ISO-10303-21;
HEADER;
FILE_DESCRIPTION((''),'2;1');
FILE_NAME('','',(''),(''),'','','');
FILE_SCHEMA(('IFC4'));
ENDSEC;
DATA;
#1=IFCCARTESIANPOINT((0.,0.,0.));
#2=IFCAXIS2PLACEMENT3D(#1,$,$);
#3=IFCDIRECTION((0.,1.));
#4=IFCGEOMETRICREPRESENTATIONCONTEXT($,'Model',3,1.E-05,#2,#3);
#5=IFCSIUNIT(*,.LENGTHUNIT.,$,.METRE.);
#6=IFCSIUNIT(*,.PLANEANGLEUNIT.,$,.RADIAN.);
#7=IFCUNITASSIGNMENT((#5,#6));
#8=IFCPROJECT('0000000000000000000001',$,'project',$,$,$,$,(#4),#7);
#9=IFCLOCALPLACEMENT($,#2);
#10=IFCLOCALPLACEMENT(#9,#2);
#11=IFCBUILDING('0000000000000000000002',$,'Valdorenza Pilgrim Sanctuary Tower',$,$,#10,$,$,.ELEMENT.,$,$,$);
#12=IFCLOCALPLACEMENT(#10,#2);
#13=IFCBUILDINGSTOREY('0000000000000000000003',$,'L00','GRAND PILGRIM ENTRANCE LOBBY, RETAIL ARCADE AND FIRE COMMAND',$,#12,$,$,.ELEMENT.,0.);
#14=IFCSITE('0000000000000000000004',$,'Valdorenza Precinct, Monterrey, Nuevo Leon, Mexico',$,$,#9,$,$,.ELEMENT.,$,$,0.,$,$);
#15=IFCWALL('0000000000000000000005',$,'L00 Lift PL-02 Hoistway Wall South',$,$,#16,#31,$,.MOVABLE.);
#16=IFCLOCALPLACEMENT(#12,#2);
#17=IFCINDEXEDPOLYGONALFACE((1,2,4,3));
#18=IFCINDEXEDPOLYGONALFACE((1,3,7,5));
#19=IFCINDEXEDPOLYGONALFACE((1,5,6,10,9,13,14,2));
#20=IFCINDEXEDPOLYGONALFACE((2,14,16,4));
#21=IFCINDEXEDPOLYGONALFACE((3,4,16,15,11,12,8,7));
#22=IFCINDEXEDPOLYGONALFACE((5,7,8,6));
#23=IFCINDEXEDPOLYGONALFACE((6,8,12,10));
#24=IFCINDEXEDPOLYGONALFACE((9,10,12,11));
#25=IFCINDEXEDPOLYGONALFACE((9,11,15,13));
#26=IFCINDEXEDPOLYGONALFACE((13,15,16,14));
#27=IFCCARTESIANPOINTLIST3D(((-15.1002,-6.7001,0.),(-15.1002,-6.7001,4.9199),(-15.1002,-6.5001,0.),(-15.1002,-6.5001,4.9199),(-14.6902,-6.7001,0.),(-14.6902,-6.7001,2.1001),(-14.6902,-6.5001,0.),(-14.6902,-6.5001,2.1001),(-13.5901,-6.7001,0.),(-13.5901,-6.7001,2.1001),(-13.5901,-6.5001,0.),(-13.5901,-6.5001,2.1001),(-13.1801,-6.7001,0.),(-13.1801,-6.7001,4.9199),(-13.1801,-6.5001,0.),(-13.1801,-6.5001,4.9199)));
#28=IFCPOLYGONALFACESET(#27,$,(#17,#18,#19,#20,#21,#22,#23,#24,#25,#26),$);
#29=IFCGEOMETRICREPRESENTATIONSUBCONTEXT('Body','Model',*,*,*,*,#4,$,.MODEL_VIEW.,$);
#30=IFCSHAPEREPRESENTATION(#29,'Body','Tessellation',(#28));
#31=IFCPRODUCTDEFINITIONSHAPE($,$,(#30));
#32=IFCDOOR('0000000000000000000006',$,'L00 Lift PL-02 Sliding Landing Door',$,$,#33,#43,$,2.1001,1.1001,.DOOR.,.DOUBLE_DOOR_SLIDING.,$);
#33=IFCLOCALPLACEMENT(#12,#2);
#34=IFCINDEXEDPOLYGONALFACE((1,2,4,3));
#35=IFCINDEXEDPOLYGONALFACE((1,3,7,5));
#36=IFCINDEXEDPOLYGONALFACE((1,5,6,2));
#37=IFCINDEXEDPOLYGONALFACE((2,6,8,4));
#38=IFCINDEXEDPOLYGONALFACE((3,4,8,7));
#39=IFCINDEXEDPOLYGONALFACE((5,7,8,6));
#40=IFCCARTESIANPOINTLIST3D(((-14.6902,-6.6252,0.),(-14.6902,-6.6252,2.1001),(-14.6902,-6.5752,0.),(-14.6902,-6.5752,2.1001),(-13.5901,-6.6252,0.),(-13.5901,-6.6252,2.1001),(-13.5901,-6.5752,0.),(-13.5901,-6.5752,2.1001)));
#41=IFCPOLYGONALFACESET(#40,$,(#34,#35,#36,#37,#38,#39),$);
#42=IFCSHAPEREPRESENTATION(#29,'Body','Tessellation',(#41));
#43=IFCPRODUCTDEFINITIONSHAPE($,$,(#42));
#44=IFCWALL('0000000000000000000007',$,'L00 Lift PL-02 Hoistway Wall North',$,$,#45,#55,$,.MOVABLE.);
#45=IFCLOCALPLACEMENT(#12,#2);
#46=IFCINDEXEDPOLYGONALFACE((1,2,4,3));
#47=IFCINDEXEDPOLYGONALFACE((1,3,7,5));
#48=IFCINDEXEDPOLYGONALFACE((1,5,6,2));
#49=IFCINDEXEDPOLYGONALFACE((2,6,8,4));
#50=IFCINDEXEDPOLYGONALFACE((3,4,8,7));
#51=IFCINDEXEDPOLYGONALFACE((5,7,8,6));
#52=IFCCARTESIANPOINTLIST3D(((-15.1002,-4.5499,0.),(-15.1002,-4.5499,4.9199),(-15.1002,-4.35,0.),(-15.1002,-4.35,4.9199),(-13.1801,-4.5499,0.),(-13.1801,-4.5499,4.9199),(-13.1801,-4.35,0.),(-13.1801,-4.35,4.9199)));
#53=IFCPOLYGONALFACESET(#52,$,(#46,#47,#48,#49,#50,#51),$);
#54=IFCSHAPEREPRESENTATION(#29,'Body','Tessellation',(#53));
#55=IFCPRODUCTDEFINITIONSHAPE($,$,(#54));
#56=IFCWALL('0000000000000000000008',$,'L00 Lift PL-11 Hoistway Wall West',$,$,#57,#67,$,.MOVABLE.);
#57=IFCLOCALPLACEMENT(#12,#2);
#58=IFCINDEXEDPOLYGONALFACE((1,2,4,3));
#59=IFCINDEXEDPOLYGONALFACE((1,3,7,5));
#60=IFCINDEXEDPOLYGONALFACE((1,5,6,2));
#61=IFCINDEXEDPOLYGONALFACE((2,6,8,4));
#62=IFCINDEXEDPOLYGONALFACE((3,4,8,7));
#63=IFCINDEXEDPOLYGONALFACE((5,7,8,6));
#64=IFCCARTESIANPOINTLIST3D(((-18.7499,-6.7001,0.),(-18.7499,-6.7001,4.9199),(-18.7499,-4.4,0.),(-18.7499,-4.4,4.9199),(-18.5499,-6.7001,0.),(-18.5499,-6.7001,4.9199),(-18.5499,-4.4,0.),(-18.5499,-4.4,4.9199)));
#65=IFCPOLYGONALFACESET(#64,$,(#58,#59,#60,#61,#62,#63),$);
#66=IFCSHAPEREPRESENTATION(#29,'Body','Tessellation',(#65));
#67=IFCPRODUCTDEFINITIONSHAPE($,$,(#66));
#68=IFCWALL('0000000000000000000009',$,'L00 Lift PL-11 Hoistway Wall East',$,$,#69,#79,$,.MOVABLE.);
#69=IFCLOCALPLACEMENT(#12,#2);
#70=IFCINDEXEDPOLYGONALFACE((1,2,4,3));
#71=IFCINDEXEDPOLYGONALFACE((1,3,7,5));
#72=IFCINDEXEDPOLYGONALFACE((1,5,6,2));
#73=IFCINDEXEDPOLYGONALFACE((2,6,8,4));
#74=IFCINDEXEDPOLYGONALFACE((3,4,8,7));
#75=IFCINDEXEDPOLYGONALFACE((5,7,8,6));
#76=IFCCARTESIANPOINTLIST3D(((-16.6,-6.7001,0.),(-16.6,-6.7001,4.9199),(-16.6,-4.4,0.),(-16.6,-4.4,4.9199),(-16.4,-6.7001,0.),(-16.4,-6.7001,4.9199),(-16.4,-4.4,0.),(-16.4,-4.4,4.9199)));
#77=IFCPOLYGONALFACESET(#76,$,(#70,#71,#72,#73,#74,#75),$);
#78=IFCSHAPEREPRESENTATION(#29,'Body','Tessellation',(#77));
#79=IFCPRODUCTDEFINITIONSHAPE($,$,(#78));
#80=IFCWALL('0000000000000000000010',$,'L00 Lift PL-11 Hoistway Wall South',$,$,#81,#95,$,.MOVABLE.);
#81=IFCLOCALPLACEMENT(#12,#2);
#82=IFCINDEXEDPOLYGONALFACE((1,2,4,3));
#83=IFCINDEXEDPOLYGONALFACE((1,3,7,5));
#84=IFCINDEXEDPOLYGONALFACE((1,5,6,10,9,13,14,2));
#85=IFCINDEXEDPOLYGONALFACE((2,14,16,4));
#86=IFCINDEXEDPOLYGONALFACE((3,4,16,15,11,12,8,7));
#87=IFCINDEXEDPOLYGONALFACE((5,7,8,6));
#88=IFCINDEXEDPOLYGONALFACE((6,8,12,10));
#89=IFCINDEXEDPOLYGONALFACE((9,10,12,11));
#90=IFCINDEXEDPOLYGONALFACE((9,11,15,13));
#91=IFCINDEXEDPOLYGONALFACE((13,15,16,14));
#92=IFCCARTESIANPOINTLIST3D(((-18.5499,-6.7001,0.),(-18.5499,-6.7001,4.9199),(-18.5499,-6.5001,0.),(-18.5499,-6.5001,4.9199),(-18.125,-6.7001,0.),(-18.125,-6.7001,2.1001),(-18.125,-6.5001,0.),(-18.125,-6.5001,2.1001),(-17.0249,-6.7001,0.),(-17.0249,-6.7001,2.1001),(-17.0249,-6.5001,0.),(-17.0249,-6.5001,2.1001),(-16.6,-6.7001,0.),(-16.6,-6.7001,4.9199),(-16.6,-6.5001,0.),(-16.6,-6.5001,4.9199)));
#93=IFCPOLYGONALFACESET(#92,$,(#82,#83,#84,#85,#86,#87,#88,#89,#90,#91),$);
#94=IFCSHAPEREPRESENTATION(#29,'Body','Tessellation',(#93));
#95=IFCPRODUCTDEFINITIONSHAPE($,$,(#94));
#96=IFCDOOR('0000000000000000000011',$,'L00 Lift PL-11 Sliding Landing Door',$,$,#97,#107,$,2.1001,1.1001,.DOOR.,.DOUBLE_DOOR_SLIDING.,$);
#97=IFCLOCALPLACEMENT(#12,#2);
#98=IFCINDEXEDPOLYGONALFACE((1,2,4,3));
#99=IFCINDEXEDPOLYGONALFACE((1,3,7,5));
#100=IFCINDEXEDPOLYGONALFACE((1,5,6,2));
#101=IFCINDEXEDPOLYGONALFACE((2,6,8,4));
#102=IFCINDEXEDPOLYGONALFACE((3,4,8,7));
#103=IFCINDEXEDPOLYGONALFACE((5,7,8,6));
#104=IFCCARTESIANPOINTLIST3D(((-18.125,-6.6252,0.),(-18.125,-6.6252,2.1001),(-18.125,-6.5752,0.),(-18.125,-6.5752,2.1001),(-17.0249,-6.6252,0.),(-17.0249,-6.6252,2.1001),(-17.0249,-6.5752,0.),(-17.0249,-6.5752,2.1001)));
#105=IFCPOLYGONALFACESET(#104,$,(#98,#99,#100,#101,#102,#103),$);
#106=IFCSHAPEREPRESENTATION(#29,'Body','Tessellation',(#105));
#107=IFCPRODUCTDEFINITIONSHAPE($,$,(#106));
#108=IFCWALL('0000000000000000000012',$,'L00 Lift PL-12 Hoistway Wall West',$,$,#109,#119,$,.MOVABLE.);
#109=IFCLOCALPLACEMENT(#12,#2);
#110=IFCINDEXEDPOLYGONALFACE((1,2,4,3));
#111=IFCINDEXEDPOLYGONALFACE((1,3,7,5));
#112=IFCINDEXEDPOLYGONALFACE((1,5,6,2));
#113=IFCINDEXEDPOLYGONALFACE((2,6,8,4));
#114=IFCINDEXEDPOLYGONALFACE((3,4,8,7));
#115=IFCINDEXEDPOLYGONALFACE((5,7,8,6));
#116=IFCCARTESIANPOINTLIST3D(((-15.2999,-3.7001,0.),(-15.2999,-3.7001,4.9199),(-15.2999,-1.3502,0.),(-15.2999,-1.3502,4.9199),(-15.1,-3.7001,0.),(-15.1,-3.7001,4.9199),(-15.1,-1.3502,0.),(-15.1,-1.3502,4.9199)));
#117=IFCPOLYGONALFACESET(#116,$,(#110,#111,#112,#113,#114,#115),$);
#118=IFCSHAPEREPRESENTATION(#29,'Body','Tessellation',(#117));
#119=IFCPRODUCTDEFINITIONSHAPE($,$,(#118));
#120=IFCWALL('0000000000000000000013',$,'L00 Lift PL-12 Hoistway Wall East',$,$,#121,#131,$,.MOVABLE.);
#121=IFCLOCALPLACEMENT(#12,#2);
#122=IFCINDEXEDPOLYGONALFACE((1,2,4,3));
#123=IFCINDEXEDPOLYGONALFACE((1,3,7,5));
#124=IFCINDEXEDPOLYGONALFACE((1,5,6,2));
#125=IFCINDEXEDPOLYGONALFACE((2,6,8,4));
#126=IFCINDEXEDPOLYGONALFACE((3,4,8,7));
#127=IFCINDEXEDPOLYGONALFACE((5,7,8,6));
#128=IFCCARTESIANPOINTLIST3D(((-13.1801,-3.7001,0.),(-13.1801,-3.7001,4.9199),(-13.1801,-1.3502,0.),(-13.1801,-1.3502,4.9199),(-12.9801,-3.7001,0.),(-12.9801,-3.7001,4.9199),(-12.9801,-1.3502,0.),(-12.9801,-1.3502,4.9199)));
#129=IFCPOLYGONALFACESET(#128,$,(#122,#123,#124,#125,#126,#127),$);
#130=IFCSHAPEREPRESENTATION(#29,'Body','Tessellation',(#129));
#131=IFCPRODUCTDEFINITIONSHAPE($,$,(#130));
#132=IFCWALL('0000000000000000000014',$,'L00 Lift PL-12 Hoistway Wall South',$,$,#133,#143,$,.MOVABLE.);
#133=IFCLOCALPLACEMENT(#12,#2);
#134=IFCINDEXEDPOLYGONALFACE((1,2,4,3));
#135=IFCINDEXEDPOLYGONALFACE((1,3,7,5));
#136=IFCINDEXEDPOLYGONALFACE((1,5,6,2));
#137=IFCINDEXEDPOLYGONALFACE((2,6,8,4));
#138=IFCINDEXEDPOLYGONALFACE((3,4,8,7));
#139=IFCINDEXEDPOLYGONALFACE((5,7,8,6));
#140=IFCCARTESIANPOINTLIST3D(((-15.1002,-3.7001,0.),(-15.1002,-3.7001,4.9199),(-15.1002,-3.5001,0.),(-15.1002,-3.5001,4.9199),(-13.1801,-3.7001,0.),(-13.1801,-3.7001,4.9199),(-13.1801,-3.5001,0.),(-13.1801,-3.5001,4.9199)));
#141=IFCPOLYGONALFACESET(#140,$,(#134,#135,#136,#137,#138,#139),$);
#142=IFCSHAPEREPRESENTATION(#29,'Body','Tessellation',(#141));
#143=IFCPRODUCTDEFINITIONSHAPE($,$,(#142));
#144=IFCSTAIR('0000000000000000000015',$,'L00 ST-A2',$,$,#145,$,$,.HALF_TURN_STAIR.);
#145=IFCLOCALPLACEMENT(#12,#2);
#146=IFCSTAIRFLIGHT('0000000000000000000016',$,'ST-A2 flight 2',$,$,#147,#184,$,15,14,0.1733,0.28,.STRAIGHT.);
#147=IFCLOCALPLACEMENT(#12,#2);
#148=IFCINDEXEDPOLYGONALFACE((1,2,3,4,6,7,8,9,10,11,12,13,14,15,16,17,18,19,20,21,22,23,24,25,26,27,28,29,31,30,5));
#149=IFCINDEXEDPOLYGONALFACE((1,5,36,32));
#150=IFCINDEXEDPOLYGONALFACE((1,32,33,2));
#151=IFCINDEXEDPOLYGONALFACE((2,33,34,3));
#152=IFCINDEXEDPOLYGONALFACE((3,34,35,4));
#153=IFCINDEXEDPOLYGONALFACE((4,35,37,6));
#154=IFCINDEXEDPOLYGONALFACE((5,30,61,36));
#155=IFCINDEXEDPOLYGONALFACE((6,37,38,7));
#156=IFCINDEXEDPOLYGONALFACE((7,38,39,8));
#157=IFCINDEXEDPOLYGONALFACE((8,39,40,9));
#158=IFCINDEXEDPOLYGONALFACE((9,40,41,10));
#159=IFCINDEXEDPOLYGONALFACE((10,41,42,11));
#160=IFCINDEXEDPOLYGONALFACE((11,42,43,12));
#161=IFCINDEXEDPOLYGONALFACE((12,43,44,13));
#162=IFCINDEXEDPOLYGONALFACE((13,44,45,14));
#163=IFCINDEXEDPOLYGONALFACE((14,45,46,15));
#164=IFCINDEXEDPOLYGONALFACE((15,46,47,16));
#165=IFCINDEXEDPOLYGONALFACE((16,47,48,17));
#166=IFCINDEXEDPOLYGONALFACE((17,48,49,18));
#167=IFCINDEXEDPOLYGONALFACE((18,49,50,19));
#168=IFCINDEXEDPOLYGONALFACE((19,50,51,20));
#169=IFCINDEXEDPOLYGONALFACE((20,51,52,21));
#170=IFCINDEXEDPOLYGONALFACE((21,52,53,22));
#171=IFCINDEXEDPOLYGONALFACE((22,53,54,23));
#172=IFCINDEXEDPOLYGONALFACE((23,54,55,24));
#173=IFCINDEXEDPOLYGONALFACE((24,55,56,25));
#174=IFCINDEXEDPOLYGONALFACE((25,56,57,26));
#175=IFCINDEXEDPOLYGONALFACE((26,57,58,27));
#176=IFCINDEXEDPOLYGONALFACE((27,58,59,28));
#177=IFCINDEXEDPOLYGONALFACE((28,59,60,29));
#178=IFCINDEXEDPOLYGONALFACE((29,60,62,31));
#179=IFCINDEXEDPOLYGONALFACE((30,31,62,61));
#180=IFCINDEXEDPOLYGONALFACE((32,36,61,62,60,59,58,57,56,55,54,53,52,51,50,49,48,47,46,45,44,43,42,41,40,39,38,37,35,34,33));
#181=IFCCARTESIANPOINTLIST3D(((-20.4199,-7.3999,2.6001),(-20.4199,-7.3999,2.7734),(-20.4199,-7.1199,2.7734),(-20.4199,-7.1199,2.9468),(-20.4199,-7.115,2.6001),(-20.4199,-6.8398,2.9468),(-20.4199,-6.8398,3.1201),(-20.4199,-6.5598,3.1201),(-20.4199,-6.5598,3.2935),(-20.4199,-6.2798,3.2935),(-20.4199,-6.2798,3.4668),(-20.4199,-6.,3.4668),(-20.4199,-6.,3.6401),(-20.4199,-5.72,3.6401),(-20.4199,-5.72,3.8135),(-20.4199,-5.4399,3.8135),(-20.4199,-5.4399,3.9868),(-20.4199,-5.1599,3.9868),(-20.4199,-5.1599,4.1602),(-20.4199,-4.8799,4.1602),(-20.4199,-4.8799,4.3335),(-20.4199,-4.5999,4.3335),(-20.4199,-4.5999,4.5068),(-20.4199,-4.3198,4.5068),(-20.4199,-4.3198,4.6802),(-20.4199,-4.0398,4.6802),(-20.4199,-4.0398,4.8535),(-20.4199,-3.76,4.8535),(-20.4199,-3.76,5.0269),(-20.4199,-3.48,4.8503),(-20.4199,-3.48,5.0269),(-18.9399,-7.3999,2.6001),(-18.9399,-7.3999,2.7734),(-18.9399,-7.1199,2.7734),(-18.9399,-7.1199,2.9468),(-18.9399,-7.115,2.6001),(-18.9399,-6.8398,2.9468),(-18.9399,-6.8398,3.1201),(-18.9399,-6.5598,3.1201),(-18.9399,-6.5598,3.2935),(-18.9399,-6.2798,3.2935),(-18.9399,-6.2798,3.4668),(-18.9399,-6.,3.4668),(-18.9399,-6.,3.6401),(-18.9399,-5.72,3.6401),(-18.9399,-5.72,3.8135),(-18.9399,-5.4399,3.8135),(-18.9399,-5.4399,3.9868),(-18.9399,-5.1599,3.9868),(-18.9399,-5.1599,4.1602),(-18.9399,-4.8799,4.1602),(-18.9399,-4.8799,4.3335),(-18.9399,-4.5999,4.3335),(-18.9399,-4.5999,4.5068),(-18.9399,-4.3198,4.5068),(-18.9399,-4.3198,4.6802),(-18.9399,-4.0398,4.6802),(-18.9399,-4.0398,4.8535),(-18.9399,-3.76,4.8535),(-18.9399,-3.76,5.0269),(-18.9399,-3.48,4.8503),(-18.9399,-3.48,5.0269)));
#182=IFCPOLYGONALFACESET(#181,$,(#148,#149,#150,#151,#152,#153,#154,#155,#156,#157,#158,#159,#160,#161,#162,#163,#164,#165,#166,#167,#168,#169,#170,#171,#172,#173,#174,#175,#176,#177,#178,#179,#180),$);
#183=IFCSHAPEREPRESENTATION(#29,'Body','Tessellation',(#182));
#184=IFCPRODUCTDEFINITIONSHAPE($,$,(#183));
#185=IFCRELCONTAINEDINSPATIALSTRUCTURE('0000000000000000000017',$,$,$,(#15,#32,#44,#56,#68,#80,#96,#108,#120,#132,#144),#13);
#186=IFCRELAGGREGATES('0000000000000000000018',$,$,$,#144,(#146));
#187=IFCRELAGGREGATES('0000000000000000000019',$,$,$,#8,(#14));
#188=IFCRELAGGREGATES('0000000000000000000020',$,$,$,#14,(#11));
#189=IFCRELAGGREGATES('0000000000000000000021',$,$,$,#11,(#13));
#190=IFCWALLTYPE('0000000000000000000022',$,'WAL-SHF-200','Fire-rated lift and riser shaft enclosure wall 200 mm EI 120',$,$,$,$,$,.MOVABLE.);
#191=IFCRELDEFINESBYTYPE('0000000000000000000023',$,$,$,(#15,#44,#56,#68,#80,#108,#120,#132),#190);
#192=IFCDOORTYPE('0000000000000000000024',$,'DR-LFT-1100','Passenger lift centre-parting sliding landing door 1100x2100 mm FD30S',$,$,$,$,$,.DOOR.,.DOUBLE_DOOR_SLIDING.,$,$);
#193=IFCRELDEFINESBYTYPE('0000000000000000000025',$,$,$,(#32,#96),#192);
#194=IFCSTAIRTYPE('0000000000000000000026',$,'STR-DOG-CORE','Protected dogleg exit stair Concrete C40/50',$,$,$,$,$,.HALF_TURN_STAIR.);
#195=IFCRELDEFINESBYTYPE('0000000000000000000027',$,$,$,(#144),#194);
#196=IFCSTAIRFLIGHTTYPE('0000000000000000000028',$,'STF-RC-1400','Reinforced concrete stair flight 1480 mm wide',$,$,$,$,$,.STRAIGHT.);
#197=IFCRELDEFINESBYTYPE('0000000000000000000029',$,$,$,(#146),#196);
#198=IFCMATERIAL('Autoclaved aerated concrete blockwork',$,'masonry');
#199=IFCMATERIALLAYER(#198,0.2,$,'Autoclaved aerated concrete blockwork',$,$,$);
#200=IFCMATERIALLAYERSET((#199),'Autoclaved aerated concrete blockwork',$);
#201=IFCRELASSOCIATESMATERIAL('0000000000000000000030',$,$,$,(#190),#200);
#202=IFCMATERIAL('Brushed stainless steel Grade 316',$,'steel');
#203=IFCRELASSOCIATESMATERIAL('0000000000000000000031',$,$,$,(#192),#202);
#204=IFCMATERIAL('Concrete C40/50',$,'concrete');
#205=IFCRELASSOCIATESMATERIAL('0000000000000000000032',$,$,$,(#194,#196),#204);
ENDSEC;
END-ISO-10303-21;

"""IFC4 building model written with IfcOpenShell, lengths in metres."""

from ifc_helpers import new_model, si_unit, direction, frame, frame_2d, origin, place, context, subcontext, project, spatial, polyline, rectangle, outline, extrude, material, layer, layer_set, type_object, element, fill, aggregate, save


model = new_model("IFC4")

# Units and contexts
model_context = context("Model", 3, precision=1e-05, world=origin(), true_north=direction((0.0, 1.0)))
body_context = subcontext(model_context, "Body", "Model", "MODEL_VIEW")
ifc_project = project(units=[si_unit("LENGTHUNIT", "METRE"), si_unit("PLANEANGLEUNIT", "RADIAN")], contexts=[model_context])

# Site, building, storey
site_placement = place(None, origin())
site = spatial("IfcSite", under=ifc_project, at=site_placement, Name="Valdorenza Precinct, Monterrey, Nuevo Leon, Mexico", CompositionType="ELEMENT", RefElevation=0.0)
building_placement = place(site_placement, origin())
building = spatial("IfcBuilding", under=site, at=building_placement, Name="Valdorenza Pilgrim Sanctuary Tower", CompositionType="ELEMENT")
storey_placement = place(building_placement, origin())
storey = spatial("IfcBuildingStorey", under=building, at=storey_placement, Name="L00", Description="GRAND PILGRIM ENTRANCE LOBBY, RETAIL ARCADE AND FIRE COMMAND", CompositionType="ELEMENT", Elevation=0.0)

# Shared definitions
ifc_material_1 = material(Name="Autoclaved aerated concrete blockwork", Category="masonry")
ifc_layer_1 = layer(ifc_material_1, 0.2, Name="Autoclaved aerated concrete blockwork")
ifc_layer_set_1 = layer_set([ifc_layer_1], Name="Autoclaved aerated concrete blockwork")
wall_type_1 = type_object("IfcWallType", Name="WAL-SHF-200", Description="Fire-rated lift and riser shaft enclosure wall 200 mm EI 120", PredefinedType="MOVABLE", material=ifc_layer_set_1)

# Wall, opening, door
wall_1_placement = place(storey_placement, frame((-15.1001, -6.6001, 0.0), z_axis=(0.0, 0.0, 1.0), x_axis=(1.0, 0.0, 0.0)))
wall_1 = element("IfcWall", 1, at=wall_1_placement, inside=storey, type_object=wall_type_1, Name="L00 Lift PL-02 Hoistway Wall South", PredefinedType="MOVABLE", context=body_context, shape_type="SweptSolid", body=[
    extrude(rectangle(XDim=1.9202, YDim=0.2, at=frame_2d((0.96, 0.0))), origin(), (0.0, 0.0, 1.0), 4.9199),
])
opening_1_placement = place(wall_1_placement, frame((0.4099, 0.0, 0.0)))
opening_1 = element("IfcOpeningElement", 2, at=opening_1_placement, cuts=wall_1, PredefinedType="OPENING", context=body_context, shape_type="SweptSolid", body=[
    extrude(rectangle(XDim=1.1001, YDim=2.1001, at=frame_2d((0.55, 1.05))), frame((0.0, 0.1147, 0.0), z_axis=(0.0, -1.0, 0.0), x_axis=(1.0, 0.0, 0.0)), (0.0, 0.0, 1.0), 0.2297),
])
ifc_material_2 = material(Name="Brushed stainless steel Grade 316", Category="steel")
door_type = type_object("IfcDoorType", Name="DR-LFT-1100", Description="Passenger lift centre-parting sliding landing door 1100x2100 mm FD30S", OperationType="DOUBLE_DOOR_SLIDING", PredefinedType="DOOR", material=ifc_material_2)
door_1_placement = place(opening_1_placement, origin())
door_1 = element("IfcDoor", 3, at=door_1_placement, inside=storey, type_object=door_type, Name="L00 Lift PL-02 Sliding Landing Door", OperationType="DOUBLE_DOOR_SLIDING", OverallHeight=2.1001, OverallWidth=1.1001, PredefinedType="DOOR", context=body_context, shape_type="SweptSolid", body=[
    extrude(rectangle(XDim=1.1001, YDim=2.1001, at=frame_2d((0.55, 1.05))), frame((0.0, 0.0249, 0.0), z_axis=(0.0, -1.0, 0.0), x_axis=(1.0, 0.0, 0.0)), (0.0, 0.0, 1.0), 0.05),
])
fill(opening_1, door_1)

# Walls
wall_2_placement = place(storey_placement, frame((-15.1001, -4.45, 0.0), z_axis=(0.0, 0.0, 1.0), x_axis=(1.0, 0.0, 0.0)))
element("IfcWall", 4, at=wall_2_placement, inside=storey, type_object=wall_type_1, Name="L00 Lift PL-02 Hoistway Wall North", PredefinedType="MOVABLE", context=body_context, shape_type="SweptSolid", body=[
    extrude(rectangle(XDim=1.9202, YDim=0.2, at=frame_2d((0.96, 0.0))), origin(), (0.0, 0.0, 1.0), 4.9199),
])
for number, where, z_axis, x_axis, name in (
    (5, (-18.6499, -6.7, 0.0), (0.0, 0.0, 1.0), (0.0, 1.0, 0.0), "L00 Lift PL-11 Hoistway Wall West"),
    (6, (-16.5, -6.7, 0.0), (0.0, 0.0, 1.0), (0.0, 1.0, 0.0), "L00 Lift PL-11 Hoistway Wall East"),
):
    element("IfcWall", number, at=place(storey_placement, frame(where, z_axis=z_axis, x_axis=x_axis)), inside=storey, type_object=wall_type_1, Name=name, PredefinedType="MOVABLE", context=body_context, shape_type="SweptSolid", body=[
        extrude(rectangle(XDim=2.3, YDim=0.2, at=frame_2d((1.1499, 0.0))), origin(), (0.0, 0.0, 1.0), 4.9199),
    ])

# Wall, opening, door
wall_3_placement = place(storey_placement, frame((-18.55, -6.6001, 0.0), z_axis=(0.0, 0.0, 1.0), x_axis=(1.0, 0.0, 0.0)))
wall_3 = element("IfcWall", 7, at=wall_3_placement, inside=storey, type_object=wall_type_1, Name="L00 Lift PL-11 Hoistway Wall South", PredefinedType="MOVABLE", context=body_context, shape_type="SweptSolid", body=[
    extrude(rectangle(XDim=1.95, YDim=0.2, at=frame_2d((0.9751, 0.0))), origin(), (0.0, 0.0, 1.0), 4.9199),
])
opening_2_placement = place(wall_3_placement, frame((0.425, 0.0, 0.0)))
opening_2 = element("IfcOpeningElement", 8, at=opening_2_placement, cuts=wall_3, PredefinedType="OPENING", context=body_context, shape_type="SweptSolid", body=[
    extrude(rectangle(XDim=1.1001, YDim=2.1001, at=frame_2d((0.55, 1.05))), frame((0.0, 0.1147, 0.0), z_axis=(0.0, -1.0, 0.0), x_axis=(1.0, 0.0, 0.0)), (0.0, 0.0, 1.0), 0.2297),
])
door_2_placement = place(opening_2_placement, origin())
door_2 = element("IfcDoor", 9, at=door_2_placement, inside=storey, type_object=door_type, Name="L00 Lift PL-11 Sliding Landing Door", OperationType="DOUBLE_DOOR_SLIDING", OverallHeight=2.1001, OverallWidth=1.1001, PredefinedType="DOOR", context=body_context, shape_type="SweptSolid", body=[
    extrude(rectangle(XDim=1.1001, YDim=2.1001, at=frame_2d((0.55, 1.05))), frame((0.0, 0.0249, 0.0), z_axis=(0.0, -1.0, 0.0), x_axis=(1.0, 0.0, 0.0)), (0.0, 0.0, 1.0), 0.05),
])
fill(opening_2, door_2)

# Walls
for number, where, z_axis, x_axis, name in (
    (10, (-15.2, -3.7, 0.0), (0.0, 0.0, 1.0), (0.0, 1.0, 0.0), "L00 Lift PL-12 Hoistway Wall West"),
    (11, (-13.0801, -3.7, 0.0), (0.0, 0.0, 1.0), (0.0, 1.0, 0.0), "L00 Lift PL-12 Hoistway Wall East"),
):
    element("IfcWall", number, at=place(storey_placement, frame(where, z_axis=z_axis, x_axis=x_axis)), inside=storey, type_object=wall_type_1, Name=name, PredefinedType="MOVABLE", context=body_context, shape_type="SweptSolid", body=[
        extrude(rectangle(XDim=2.3499, YDim=0.2, at=frame_2d((1.1748, 0.0))), origin(), (0.0, 0.0, 1.0), 4.9199),
    ])
wall_4_placement = place(storey_placement, frame((-15.1001, -3.6001, 0.0), z_axis=(0.0, 0.0, 1.0), x_axis=(1.0, 0.0, 0.0)))
element("IfcWall", 12, at=wall_4_placement, inside=storey, type_object=wall_type_1, Name="L00 Lift PL-12 Hoistway Wall South", PredefinedType="MOVABLE", context=body_context, shape_type="SweptSolid", body=[
    extrude(rectangle(XDim=1.9202, YDim=0.2, at=frame_2d((0.96, 0.0))), origin(), (0.0, 0.0, 1.0), 4.9199),
])

# Stair, stair flight
ifc_material_3 = material(Name="Concrete C40/50", Category="concrete")
stair_type = type_object("IfcStairType", Name="STR-DOG-CORE", Description="Protected dogleg exit stair Concrete C40/50", PredefinedType="HALF_TURN_STAIR", material=ifc_material_3)
stair_placement = place(storey_placement, origin())
stair = element("IfcStair", 13, at=stair_placement, inside=storey, type_object=stair_type, Name="L00 ST-A2", PredefinedType="HALF_TURN_STAIR")
stair_flight_type = type_object("IfcStairFlightType", Name="STF-RC-1400", Description="Reinforced concrete stair flight 1480 mm wide", PredefinedType="STRAIGHT", material=ifc_material_3)
stair_flight_placement = place(storey_placement, frame((-19.6799, -7.3999, 2.6001), z_axis=(0.0, 0.0, 1.0), x_axis=(0.0, 1.0, 0.0)))
stair_flight = element("IfcStairFlight", 14, at=stair_flight_placement, type_object=stair_flight_type, Name="ST-A2 flight 2", NumberOfRisers=15, NumberOfTreads=14, PredefinedType="STRAIGHT", RiserHeight=0.1733, TreadLength=0.28, context=body_context, shape_type="SweptSolid", body=[
    extrude(outline(polyline([(0.0, 0.0), (0.0, 0.1733), (0.28, 0.1733), (0.28, 0.3467), (0.5601, 0.3467), (0.5601, 0.52), (0.8401, 0.52), (0.8401, 0.6934), (1.1201, 0.6934), (1.1201, 0.8667), (1.3999, 0.8667), (1.3999, 1.04), (1.6799, 1.04), (1.6799, 1.2134), (1.96, 1.2134), (1.96, 1.3867), (2.24, 1.3867), (2.24, 1.5601), (2.52, 1.5601), (2.52, 1.7334), (2.8, 1.7334), (2.8, 1.9067), (3.0801, 1.9067), (3.0801, 2.0801), (3.3601, 2.0801), (3.3601, 2.2534), (3.6399, 2.2534), (3.6399, 2.4268), (3.9199, 2.4268), (3.9199, 2.6001), (3.9199, 2.2502), (0.2849, 0.0), (0.0, 0.0)])), frame((0.0, 0.74, 0.0), z_axis=(0.0, -1.0, 0.0), x_axis=(1.0, 0.0, 0.0)), (0.0, 0.0, 1.0), 1.48),
])
aggregate(stair, [stair_flight])

save(model, "model.ifc")
